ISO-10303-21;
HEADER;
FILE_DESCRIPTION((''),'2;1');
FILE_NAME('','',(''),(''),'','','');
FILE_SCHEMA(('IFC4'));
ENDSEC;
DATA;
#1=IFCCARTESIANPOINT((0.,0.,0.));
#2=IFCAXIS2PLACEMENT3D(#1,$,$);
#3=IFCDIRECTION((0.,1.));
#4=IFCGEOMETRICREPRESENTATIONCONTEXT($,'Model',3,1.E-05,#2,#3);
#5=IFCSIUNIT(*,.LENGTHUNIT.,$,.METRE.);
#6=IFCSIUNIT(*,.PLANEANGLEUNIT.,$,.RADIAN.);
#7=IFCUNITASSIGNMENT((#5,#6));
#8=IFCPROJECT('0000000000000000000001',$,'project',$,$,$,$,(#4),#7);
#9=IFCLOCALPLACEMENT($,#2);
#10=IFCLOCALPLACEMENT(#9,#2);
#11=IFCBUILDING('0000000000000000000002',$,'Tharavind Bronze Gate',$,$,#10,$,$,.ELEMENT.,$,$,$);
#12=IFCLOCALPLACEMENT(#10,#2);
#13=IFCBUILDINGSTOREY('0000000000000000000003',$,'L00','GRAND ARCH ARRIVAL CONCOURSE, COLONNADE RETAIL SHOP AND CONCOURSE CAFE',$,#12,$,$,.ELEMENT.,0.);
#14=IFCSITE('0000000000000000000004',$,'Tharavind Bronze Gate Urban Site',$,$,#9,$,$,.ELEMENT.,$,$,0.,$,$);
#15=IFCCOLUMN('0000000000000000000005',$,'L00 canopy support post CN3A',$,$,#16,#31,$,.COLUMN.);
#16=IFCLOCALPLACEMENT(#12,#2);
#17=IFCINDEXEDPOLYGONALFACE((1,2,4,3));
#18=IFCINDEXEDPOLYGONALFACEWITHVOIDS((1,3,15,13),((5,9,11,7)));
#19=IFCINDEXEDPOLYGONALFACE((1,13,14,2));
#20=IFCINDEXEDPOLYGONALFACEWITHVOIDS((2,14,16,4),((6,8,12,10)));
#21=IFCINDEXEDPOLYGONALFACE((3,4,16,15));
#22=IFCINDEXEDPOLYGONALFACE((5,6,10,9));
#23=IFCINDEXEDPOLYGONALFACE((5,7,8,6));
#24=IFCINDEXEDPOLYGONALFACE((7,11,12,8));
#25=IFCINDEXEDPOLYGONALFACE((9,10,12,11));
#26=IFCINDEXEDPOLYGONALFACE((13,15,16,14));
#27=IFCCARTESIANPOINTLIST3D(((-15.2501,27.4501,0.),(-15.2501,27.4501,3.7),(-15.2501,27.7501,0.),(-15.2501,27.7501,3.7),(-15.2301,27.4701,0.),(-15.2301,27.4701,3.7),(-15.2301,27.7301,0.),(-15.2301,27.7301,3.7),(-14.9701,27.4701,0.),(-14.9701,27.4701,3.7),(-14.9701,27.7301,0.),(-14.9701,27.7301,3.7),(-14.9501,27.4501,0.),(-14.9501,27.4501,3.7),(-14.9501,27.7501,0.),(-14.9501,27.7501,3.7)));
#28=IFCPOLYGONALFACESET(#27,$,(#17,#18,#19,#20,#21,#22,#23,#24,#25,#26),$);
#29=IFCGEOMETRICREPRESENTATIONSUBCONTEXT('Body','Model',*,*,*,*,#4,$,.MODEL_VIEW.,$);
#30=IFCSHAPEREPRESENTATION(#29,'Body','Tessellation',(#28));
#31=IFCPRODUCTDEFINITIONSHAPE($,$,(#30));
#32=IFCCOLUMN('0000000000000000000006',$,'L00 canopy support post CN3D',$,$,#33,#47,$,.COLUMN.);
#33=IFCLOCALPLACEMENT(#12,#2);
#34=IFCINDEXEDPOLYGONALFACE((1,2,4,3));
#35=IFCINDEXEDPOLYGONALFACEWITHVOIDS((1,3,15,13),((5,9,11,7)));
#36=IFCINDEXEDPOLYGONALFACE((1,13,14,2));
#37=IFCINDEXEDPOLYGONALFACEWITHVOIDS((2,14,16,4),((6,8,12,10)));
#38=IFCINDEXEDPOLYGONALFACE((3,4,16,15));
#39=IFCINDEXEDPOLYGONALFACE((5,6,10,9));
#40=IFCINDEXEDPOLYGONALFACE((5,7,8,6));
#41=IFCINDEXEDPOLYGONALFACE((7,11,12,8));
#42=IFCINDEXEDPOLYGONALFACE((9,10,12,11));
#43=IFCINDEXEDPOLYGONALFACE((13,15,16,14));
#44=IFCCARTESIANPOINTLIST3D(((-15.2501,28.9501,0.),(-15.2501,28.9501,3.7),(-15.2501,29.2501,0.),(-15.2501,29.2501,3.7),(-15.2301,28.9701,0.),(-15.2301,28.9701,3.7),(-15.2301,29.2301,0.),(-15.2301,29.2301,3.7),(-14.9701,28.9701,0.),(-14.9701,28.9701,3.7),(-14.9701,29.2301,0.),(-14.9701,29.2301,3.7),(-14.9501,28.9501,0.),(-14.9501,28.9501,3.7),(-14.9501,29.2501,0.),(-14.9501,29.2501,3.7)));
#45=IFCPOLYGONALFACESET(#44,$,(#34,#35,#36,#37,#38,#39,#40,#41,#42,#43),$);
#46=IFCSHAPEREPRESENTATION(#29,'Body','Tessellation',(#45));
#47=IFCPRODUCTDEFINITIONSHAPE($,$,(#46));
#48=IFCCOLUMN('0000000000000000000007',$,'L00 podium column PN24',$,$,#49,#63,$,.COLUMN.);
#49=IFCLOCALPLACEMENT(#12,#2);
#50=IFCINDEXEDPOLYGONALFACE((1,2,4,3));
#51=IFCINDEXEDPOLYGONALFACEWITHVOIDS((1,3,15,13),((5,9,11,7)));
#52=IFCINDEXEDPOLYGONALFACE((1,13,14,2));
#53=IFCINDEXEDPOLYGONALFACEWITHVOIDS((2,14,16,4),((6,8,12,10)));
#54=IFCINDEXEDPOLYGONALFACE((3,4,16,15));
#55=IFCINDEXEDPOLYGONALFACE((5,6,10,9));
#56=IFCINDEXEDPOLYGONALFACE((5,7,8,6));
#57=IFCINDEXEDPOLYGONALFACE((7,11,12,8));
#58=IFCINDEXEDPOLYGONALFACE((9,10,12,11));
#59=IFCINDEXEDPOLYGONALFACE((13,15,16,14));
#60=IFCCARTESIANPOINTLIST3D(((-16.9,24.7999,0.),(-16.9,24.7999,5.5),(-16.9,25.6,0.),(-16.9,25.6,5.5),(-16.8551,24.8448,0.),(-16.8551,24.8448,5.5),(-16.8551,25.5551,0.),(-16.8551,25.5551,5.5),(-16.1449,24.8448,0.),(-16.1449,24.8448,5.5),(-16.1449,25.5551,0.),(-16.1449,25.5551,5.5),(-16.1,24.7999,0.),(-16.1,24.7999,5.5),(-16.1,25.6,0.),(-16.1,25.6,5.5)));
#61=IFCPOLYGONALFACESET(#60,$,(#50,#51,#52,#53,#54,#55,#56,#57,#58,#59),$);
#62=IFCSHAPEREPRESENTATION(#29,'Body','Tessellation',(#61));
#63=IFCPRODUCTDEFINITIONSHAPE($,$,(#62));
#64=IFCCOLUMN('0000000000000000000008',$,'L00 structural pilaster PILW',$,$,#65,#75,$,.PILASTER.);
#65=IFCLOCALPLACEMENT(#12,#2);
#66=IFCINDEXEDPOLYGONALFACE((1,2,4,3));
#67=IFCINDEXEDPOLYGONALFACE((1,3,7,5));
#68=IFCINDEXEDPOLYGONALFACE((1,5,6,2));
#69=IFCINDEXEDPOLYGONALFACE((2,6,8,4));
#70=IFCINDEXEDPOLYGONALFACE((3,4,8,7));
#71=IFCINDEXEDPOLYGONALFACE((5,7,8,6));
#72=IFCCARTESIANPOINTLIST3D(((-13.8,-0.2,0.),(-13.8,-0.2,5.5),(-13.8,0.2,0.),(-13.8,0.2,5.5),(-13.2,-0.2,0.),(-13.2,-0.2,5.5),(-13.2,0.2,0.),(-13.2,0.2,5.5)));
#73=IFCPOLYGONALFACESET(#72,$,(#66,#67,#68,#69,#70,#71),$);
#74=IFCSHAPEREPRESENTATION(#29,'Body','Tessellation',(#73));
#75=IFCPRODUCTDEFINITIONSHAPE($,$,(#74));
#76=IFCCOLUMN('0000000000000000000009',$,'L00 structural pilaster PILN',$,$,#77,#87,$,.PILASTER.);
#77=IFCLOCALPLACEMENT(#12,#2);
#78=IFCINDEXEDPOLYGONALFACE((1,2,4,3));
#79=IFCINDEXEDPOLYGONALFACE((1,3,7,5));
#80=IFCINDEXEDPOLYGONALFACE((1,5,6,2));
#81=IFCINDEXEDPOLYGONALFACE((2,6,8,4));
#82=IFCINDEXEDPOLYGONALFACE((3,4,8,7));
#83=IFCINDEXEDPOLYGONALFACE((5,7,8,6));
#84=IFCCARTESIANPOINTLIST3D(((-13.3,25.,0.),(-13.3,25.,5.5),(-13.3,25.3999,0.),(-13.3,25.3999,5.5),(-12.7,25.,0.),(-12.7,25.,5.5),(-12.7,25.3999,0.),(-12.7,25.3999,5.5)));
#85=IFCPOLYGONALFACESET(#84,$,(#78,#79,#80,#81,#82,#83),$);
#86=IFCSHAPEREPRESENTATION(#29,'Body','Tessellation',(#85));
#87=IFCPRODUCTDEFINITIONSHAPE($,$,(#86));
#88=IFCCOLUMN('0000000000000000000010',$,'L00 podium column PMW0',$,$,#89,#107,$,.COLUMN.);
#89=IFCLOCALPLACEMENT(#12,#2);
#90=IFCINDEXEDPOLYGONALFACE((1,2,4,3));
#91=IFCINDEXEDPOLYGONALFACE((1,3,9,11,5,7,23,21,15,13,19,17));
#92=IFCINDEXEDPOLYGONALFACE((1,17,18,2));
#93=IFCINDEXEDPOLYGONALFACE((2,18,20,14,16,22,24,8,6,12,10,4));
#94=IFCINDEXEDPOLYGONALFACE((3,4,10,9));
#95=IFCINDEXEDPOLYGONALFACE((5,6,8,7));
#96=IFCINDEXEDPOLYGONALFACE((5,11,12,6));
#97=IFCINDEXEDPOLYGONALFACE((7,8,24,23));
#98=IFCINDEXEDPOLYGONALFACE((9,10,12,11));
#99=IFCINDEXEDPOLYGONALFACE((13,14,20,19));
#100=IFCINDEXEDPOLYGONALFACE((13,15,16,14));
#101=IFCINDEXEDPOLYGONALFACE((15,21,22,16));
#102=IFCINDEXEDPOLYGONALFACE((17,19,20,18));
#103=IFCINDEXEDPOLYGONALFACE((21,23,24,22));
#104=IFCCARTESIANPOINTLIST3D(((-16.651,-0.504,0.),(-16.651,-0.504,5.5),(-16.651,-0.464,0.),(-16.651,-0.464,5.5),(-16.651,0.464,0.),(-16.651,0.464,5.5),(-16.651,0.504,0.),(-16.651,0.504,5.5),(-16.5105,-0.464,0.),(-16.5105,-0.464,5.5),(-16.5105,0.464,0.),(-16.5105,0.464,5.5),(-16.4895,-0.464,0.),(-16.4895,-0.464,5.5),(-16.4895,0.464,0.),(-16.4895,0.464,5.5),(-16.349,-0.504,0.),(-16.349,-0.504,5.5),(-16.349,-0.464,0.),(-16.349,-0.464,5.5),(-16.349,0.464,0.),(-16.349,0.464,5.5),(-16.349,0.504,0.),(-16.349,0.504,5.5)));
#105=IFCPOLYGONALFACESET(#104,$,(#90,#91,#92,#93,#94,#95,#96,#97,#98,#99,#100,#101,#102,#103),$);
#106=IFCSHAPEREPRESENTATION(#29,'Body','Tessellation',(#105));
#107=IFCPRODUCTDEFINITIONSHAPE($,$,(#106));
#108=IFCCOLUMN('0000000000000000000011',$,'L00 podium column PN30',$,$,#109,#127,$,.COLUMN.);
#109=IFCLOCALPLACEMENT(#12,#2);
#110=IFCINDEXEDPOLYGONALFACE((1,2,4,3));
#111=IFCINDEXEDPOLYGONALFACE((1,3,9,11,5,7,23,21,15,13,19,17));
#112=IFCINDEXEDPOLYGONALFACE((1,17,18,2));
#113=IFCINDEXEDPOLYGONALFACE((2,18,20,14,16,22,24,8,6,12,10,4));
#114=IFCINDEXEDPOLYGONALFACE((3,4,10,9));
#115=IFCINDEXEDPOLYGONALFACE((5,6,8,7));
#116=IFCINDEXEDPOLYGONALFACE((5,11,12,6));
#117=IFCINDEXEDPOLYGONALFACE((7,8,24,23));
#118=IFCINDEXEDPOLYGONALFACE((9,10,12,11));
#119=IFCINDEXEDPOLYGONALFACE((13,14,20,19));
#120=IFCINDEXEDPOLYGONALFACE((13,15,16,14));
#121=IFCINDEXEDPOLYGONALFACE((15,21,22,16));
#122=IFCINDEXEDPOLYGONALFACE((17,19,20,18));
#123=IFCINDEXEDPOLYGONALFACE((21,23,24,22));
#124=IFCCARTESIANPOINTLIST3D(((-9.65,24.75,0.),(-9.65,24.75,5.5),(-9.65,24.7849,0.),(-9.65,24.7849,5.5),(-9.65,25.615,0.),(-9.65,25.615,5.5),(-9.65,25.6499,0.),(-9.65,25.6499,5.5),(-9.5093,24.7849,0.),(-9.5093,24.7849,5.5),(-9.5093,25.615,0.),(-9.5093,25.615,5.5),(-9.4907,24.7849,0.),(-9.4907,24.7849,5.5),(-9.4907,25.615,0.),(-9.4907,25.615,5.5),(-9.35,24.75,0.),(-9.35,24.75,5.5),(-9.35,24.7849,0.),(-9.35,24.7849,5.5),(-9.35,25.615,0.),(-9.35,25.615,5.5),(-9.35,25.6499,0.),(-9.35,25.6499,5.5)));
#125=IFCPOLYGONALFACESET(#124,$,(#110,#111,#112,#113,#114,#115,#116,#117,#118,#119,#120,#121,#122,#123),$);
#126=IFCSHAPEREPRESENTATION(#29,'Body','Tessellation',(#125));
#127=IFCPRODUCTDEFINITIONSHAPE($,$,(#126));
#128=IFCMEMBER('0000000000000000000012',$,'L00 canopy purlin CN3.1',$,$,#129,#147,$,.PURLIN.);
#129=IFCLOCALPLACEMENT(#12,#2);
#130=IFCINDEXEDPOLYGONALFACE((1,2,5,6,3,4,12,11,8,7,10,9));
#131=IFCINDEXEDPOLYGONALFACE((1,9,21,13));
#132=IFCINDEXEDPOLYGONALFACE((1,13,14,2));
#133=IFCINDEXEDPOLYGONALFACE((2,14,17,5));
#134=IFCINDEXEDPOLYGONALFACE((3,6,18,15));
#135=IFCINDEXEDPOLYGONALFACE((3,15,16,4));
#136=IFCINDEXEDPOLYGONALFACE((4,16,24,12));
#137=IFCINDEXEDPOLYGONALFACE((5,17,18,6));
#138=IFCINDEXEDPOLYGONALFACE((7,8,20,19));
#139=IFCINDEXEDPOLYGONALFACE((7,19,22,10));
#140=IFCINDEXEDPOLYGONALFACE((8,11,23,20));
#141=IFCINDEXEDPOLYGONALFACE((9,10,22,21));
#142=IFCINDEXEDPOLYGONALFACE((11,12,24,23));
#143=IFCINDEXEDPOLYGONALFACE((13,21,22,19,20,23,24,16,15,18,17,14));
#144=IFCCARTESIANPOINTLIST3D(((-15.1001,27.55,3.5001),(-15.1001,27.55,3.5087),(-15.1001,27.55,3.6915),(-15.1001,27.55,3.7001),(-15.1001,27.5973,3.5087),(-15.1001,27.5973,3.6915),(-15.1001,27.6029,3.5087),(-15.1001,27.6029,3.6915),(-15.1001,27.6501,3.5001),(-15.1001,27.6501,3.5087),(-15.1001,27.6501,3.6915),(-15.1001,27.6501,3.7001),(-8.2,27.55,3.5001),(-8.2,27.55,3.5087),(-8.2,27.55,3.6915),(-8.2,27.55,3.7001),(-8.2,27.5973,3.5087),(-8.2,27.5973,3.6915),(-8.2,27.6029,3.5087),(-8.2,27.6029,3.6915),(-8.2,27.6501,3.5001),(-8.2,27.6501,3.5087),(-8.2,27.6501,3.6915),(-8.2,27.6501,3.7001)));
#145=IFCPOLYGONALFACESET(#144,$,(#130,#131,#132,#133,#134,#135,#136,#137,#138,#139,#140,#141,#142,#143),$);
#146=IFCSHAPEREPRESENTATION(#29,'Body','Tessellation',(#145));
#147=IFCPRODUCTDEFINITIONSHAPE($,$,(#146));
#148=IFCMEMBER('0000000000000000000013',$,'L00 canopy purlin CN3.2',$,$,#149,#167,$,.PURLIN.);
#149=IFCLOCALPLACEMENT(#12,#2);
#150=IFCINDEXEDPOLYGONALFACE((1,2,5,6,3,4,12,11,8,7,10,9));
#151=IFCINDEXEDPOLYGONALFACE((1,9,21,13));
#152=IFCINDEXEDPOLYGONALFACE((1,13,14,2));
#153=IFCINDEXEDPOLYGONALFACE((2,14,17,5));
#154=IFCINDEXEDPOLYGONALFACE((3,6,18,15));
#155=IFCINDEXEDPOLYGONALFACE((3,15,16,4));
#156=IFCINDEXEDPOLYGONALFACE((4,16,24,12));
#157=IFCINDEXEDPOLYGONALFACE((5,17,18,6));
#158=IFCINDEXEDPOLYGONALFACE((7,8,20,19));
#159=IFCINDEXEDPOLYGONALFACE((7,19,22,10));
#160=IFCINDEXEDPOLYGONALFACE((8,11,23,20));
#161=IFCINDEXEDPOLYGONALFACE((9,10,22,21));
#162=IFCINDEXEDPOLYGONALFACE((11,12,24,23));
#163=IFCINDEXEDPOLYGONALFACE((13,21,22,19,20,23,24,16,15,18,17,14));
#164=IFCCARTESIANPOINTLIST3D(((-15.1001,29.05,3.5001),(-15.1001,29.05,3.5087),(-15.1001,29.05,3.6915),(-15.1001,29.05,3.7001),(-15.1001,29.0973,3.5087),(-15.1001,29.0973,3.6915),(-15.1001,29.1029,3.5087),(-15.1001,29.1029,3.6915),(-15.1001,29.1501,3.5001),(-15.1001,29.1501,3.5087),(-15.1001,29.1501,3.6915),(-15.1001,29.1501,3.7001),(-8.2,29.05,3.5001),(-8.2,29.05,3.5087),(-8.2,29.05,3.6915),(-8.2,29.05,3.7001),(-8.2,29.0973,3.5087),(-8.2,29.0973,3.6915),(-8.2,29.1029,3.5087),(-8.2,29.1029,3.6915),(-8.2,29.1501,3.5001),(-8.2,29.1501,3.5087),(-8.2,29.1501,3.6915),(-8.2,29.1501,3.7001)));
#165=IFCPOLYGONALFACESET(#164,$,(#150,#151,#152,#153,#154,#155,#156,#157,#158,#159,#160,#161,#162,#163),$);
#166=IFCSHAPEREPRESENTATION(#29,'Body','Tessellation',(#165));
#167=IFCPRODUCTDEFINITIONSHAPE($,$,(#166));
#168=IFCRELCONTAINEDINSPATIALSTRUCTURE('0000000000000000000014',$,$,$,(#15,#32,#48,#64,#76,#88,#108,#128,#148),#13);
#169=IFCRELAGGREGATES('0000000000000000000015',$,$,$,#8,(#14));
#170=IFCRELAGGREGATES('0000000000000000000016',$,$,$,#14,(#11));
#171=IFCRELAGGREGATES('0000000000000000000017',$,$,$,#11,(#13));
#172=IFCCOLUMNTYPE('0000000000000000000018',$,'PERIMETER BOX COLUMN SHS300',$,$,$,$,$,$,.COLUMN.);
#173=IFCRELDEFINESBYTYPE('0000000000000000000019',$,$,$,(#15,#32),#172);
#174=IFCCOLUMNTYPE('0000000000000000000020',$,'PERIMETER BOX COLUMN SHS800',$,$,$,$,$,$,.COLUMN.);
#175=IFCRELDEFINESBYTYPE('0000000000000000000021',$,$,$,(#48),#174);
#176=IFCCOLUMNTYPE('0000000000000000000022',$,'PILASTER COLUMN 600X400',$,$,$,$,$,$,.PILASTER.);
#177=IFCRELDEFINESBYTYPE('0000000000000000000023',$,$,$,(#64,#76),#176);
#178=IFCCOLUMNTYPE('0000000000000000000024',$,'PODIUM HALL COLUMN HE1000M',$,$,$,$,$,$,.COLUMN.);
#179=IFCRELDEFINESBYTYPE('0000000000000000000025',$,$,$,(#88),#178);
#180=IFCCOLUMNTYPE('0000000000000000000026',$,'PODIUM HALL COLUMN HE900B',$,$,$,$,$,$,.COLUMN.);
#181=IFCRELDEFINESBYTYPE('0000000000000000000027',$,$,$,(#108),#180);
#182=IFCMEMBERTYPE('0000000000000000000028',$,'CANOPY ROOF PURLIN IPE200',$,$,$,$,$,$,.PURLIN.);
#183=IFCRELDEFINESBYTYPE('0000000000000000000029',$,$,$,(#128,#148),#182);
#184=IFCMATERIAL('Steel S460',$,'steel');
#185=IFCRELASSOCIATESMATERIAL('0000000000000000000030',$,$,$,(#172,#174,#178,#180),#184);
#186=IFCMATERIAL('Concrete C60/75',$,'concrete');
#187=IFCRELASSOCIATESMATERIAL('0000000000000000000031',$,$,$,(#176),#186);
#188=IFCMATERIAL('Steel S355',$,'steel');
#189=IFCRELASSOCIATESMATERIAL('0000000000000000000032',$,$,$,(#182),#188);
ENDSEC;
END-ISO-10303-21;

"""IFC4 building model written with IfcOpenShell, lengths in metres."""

from ifc_helpers import new_model, si_unit, direction, frame, origin, origin_2d, place, context, subcontext, project, spatial, rectangle, hollow_rectangle, i_section, extrude, material, material_profile, profile_set, type_object, element, save


model = new_model("IFC4")

# Units and contexts
model_context = context("Model", 3, precision=1e-05, world=origin(), true_north=direction((0.0, 1.0)))
body_context = subcontext(model_context, "Body", "Model", "MODEL_VIEW")
ifc_project = project(units=[si_unit("LENGTHUNIT", "METRE"), si_unit("PLANEANGLEUNIT", "RADIAN")], contexts=[model_context])

# Site, building, storey
site_placement = place(None, origin())
site = spatial("IfcSite", under=ifc_project, at=site_placement, Name="Tharavind Bronze Gate Urban Site", CompositionType="ELEMENT", RefElevation=0.0)
building_placement = place(site_placement, origin())
building = spatial("IfcBuilding", under=site, at=building_placement, Name="Tharavind Bronze Gate", CompositionType="ELEMENT")
storey_placement = place(building_placement, origin())
storey = spatial("IfcBuildingStorey", under=building, at=storey_placement, Name="L00", Description="GRAND ARCH ARRIVAL CONCOURSE, COLONNADE RETAIL SHOP AND CONCOURSE CAFE", CompositionType="ELEMENT", Elevation=0.0)

# Columns
ifc_material_1 = material(Name="Steel S460", Category="steel")
ifc_material_profile_1 = material_profile(ifc_material_1, hollow_rectangle(XDim=0.3, YDim=0.3, WallThickness=0.02, at=origin_2d()), Name="SHS300X20")
ifc_profile_set_1 = profile_set([ifc_material_profile_1], Name="Steel S460")
column_type_1 = type_object("IfcColumnType", Name="PERIMETER BOX COLUMN SHS300", PredefinedType="COLUMN", material=ifc_profile_set_1)
for number, where, z_axis, x_axis, name in (
    (1, (-15.1001, 27.6001, 0.0), (0.0, 0.0, 1.0), (1.0, 0.0, 0.0), "L00 canopy support post CN3A"),
    (2, (-15.1001, 29.1001, 0.0), (0.0, 0.0, 1.0), (1.0, 0.0, 0.0), "L00 canopy support post CN3D"),
):
    element("IfcColumn", number, at=place(storey_placement, frame(where, z_axis=z_axis, x_axis=x_axis)), inside=storey, type_object=column_type_1, Name=name, PredefinedType="COLUMN", context=body_context, shape_type="SweptSolid", body=[
        extrude(hollow_rectangle(XDim=0.3, YDim=0.3, WallThickness=0.02, at=origin_2d()), origin(), (0.0, 0.0, 1.0), 3.7),
    ])
ifc_material_profile_2 = material_profile(ifc_material_1, hollow_rectangle(XDim=0.8, YDim=0.8, WallThickness=0.0449, at=origin_2d()), Name="SHS800X45")
ifc_profile_set_2 = profile_set([ifc_material_profile_2], Name="Steel S460")
column_type_2 = type_object("IfcColumnType", Name="PERIMETER BOX COLUMN SHS800", PredefinedType="COLUMN", material=ifc_profile_set_2)
column_1_placement = place(storey_placement, frame((-16.5, 25.2, 0.0), z_axis=(0.0, 0.0, 1.0), x_axis=(1.0, 0.0, 0.0)))
element("IfcColumn", 3, at=column_1_placement, inside=storey, type_object=column_type_2, Name="L00 podium column PN24", PredefinedType="COLUMN", context=body_context, shape_type="SweptSolid", body=[
    extrude(hollow_rectangle(XDim=0.8, YDim=0.8, WallThickness=0.0449, at=origin_2d()), origin(), (0.0, 0.0, 1.0), 5.5),
])
ifc_material_2 = material(Name="Concrete C60/75", Category="concrete")
ifc_material_profile_3 = material_profile(ifc_material_2, rectangle(XDim=0.6001, YDim=0.3999, at=origin_2d()), Name="RCPIL600X400")
ifc_profile_set_3 = profile_set([ifc_material_profile_3], Name="Concrete C60/75")
column_type_3 = type_object("IfcColumnType", Name="PILASTER COLUMN 600X400", PredefinedType="PILASTER", material=ifc_profile_set_3)
for number, where, z_axis, x_axis, name in (
    (4, (-13.5, 0.0, 0.0), (0.0, 0.0, 1.0), (1.0, 0.0, 0.0), "L00 structural pilaster PILW"),
    (5, (-13.0, 25.2, 0.0), (0.0, 0.0, 1.0), (1.0, 0.0, 0.0), "L00 structural pilaster PILN"),
):
    element("IfcColumn", number, at=place(storey_placement, frame(where, z_axis=z_axis, x_axis=x_axis)), inside=storey, type_object=column_type_3, Name=name, PredefinedType="PILASTER", context=body_context, shape_type="SweptSolid", body=[
        extrude(rectangle(XDim=0.6001, YDim=0.3999, at=origin_2d()), origin(), (0.0, 0.0, 1.0), 5.5),
    ])
ifc_material_profile_4 = material_profile(ifc_material_1, i_section(OverallWidth=0.302, OverallDepth=1.0081, WebThickness=0.021, FlangeThickness=0.04, at=origin_2d()), Name="HE1000M")
ifc_profile_set_4 = profile_set([ifc_material_profile_4], Name="Steel S460")
column_type_4 = type_object("IfcColumnType", Name="PODIUM HALL COLUMN HE1000M", PredefinedType="COLUMN", material=ifc_profile_set_4)
column_2_placement = place(storey_placement, frame((-16.5, 0.0, 0.0), z_axis=(0.0, 0.0, 1.0), x_axis=(1.0, 0.0, 0.0)))
element("IfcColumn", 6, at=column_2_placement, inside=storey, type_object=column_type_4, Name="L00 podium column PMW0", PredefinedType="COLUMN", context=body_context, shape_type="SweptSolid", body=[
    extrude(i_section(OverallWidth=0.302, OverallDepth=1.0081, WebThickness=0.021, FlangeThickness=0.04, at=origin_2d()), origin(), (0.0, 0.0, 1.0), 5.5),
])
ifc_material_profile_5 = material_profile(ifc_material_1, i_section(OverallWidth=0.3, OverallDepth=0.8999, WebThickness=0.0186, FlangeThickness=0.0349, at=origin_2d()), Name="HE900B")
ifc_profile_set_5 = profile_set([ifc_material_profile_5], Name="Steel S460")
column_type_5 = type_object("IfcColumnType", Name="PODIUM HALL COLUMN HE900B", PredefinedType="COLUMN", material=ifc_profile_set_5)
column_3_placement = place(storey_placement, frame((-9.5, 25.2, 0.0), z_axis=(0.0, 0.0, 1.0), x_axis=(1.0, 0.0, 0.0)))
element("IfcColumn", 7, at=column_3_placement, inside=storey, type_object=column_type_5, Name="L00 podium column PN30", PredefinedType="COLUMN", context=body_context, shape_type="SweptSolid", body=[
    extrude(i_section(OverallWidth=0.3, OverallDepth=0.8999, WebThickness=0.0186, FlangeThickness=0.0349, at=origin_2d()), origin(), (0.0, 0.0, 1.0), 5.5),
])

# Members
ifc_material_3 = material(Name="Steel S355", Category="steel")
ifc_material_profile_6 = material_profile(ifc_material_3, i_section(OverallWidth=0.1001, OverallDepth=0.2, WebThickness=0.0056, FlangeThickness=0.0085, at=origin_2d()), Name="IPE200")
ifc_profile_set_6 = profile_set([ifc_material_profile_6], Name="Steel S355")
member_type = type_object("IfcMemberType", Name="CANOPY ROOF PURLIN IPE200", PredefinedType="PURLIN", material=ifc_profile_set_6)
for number, where, z_axis, x_axis, name in (
    (8, (-15.1001, 27.6001, 3.6001), (1.0, 0.0, 0.0), (0.0, 1.0, 0.0), "L00 canopy purlin CN3.1"),
    (9, (-15.1001, 29.1001, 3.6001), (1.0, 0.0, 0.0), (0.0, 1.0, 0.0), "L00 canopy purlin CN3.2"),
):
    element("IfcMember", number, at=place(storey_placement, frame(where, z_axis=z_axis, x_axis=x_axis)), inside=storey, type_object=member_type, Name=name, PredefinedType="PURLIN", context=body_context, shape_type="SweptSolid", body=[
        extrude(i_section(OverallWidth=0.1001, OverallDepth=0.2, WebThickness=0.0056, FlangeThickness=0.0085, at=origin_2d()), origin(), (0.0, 0.0, 1.0), 6.9001),
    ])

save(model, "model.ifc")
